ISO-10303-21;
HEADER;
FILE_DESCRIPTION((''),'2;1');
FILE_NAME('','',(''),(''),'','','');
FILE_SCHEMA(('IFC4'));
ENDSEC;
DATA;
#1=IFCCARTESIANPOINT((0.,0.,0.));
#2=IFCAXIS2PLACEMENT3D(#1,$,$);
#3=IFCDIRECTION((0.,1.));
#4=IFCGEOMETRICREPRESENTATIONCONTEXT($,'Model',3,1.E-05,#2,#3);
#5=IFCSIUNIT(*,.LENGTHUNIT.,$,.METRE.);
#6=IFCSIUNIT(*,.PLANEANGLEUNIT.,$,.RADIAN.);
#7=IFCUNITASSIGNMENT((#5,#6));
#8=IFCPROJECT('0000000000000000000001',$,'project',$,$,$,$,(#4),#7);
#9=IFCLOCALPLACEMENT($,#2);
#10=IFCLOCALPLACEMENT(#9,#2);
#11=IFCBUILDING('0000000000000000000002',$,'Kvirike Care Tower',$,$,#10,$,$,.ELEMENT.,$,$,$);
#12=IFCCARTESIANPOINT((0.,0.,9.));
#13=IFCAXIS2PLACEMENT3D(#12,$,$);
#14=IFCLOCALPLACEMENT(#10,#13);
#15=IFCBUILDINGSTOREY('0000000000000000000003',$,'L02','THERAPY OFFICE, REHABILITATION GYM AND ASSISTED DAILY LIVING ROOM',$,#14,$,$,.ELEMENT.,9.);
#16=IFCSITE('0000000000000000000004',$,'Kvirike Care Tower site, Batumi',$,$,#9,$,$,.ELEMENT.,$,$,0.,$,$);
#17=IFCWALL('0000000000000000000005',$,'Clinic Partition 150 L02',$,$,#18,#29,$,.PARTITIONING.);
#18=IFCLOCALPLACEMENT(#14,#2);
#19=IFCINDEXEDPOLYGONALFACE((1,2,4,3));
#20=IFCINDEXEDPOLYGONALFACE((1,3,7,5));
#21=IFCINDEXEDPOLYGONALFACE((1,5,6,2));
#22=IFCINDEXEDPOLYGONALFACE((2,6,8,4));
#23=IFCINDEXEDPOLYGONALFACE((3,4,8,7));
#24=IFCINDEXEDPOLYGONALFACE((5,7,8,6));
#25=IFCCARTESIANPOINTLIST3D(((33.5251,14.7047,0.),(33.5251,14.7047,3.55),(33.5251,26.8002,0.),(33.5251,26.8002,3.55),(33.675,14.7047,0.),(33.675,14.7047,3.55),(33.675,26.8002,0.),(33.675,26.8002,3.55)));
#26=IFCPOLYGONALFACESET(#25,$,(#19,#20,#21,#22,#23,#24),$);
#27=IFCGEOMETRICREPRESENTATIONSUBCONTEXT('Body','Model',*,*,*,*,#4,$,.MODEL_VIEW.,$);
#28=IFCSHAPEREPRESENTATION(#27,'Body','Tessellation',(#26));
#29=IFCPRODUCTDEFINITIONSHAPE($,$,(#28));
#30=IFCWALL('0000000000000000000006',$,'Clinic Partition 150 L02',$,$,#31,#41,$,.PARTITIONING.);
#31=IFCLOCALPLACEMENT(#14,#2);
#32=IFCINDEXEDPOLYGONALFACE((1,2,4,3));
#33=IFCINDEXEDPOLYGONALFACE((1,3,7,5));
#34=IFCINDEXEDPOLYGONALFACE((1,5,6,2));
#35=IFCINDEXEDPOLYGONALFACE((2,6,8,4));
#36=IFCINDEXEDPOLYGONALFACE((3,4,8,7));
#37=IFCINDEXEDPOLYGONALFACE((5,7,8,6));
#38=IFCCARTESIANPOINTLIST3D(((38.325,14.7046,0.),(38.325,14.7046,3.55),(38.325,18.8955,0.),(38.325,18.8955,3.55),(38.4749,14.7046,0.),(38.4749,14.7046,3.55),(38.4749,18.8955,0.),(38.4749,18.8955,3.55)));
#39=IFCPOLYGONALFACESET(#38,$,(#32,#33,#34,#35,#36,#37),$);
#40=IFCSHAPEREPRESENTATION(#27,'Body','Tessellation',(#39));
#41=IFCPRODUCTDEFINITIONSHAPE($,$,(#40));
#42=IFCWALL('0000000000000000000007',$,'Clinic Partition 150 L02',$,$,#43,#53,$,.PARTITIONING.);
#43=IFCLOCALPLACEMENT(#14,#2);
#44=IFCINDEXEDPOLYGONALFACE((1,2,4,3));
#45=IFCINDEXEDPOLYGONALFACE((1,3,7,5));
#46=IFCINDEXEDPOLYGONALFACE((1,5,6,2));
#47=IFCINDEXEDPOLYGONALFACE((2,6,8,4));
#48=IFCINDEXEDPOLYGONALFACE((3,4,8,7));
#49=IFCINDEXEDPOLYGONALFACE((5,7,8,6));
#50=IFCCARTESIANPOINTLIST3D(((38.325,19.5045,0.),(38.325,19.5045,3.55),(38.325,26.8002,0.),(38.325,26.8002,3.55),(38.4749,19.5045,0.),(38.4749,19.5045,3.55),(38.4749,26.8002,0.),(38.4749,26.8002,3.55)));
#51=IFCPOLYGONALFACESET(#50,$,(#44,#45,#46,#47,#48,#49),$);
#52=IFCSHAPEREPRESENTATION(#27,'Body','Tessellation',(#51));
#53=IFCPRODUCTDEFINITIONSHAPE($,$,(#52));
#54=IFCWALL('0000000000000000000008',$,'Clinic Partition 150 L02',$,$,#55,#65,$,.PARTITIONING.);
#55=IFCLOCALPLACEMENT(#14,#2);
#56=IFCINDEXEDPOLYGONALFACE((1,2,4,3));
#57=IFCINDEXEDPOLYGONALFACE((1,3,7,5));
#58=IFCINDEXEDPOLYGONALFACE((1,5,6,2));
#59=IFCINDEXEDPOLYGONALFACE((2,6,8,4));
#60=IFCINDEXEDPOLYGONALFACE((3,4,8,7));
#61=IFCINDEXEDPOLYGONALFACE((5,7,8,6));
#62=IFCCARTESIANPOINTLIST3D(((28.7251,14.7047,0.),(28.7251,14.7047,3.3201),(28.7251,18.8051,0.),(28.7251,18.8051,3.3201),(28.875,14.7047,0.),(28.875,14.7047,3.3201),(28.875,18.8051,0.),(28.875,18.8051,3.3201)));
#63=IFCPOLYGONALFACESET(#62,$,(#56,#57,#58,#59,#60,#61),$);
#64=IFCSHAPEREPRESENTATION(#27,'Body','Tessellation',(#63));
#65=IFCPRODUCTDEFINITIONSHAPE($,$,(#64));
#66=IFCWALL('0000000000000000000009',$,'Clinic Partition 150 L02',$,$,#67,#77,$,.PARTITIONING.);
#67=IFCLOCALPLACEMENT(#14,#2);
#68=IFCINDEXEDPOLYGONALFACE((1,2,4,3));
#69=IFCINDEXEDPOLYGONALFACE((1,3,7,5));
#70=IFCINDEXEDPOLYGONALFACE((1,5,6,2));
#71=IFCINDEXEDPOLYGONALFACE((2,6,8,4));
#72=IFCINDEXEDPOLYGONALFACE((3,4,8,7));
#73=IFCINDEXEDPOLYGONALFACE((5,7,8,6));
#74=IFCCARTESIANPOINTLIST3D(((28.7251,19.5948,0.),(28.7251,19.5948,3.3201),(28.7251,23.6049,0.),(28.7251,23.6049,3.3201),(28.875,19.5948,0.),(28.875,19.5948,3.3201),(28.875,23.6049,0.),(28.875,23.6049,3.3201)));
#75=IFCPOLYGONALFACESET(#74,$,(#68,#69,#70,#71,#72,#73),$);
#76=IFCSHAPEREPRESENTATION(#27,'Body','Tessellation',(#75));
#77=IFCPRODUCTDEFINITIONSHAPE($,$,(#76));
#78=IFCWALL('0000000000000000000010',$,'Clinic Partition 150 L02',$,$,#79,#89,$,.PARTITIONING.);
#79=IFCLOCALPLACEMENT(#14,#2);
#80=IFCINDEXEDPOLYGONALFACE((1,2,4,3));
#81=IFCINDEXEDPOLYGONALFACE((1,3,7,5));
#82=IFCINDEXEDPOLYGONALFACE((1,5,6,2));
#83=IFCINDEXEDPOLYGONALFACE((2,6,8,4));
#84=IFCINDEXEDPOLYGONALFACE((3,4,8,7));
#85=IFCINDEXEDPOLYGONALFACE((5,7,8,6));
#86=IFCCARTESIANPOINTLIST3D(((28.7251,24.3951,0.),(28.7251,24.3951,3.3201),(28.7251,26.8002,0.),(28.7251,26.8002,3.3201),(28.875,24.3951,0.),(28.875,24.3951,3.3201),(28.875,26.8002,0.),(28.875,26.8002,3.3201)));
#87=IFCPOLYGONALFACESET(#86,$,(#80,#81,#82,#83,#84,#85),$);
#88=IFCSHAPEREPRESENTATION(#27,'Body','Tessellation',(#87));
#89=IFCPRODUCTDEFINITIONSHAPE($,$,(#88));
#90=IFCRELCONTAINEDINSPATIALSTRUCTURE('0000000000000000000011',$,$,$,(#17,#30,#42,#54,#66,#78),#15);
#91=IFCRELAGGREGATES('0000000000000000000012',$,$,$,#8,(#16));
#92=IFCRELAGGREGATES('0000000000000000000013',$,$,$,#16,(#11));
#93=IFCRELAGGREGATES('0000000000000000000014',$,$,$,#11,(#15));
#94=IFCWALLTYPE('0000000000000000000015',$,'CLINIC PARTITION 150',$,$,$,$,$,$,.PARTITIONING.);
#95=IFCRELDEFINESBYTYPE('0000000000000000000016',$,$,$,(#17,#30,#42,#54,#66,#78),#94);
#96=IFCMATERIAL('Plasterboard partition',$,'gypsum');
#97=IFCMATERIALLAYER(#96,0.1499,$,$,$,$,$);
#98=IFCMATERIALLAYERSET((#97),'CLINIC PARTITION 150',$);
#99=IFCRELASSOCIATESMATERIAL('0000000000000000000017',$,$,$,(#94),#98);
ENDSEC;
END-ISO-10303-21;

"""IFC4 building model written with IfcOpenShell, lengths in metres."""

from ifc_helpers import new_model, si_unit, direction, frame, frame_2d, origin, place, context, subcontext, project, spatial, rectangle, extrude, material, layer, layer_set, type_object, element, save


model = new_model("IFC4")

# Units and contexts
model_context = context("Model", 3, precision=1e-05, world=origin(), true_north=direction((0.0, 1.0)))
body_context = subcontext(model_context, "Body", "Model", "MODEL_VIEW")
ifc_project = project(units=[si_unit("LENGTHUNIT", "METRE"), si_unit("PLANEANGLEUNIT", "RADIAN")], contexts=[model_context])

# Site, building, storey
site_placement = place(None, origin())
site = spatial("IfcSite", under=ifc_project, at=site_placement, Name="Kvirike Care Tower site, Batumi", CompositionType="ELEMENT", RefElevation=0.0)
building_placement = place(site_placement, origin())
building = spatial("IfcBuilding", under=site, at=building_placement, Name="Kvirike Care Tower", CompositionType="ELEMENT")
storey_placement = place(building_placement, frame((0.0, 0.0, 9.0)))
storey = spatial("IfcBuildingStorey", under=building, at=storey_placement, Name="L02", Description="THERAPY OFFICE, REHABILITATION GYM AND ASSISTED DAILY LIVING ROOM", CompositionType="ELEMENT", Elevation=9.0)

# Walls
ifc_material_1 = material(Name="Plasterboard partition", Category="gypsum")
ifc_layer = layer(ifc_material_1, 0.1499)
ifc_layer_set = layer_set([ifc_layer], Name="CLINIC PARTITION 150")
wall_type = type_object("IfcWallType", Name="CLINIC PARTITION 150", PredefinedType="PARTITIONING", material=ifc_layer_set)
wall_1_placement = place(storey_placement, frame((33.6001, 14.7046, 0.0), z_axis=(0.0, 0.0, 1.0), x_axis=(0.0, 1.0, 0.0)))
element("IfcWall", 1, at=wall_1_placement, inside=storey, type_object=wall_type, Name="Clinic Partition 150 L02", PredefinedType="PARTITIONING", context=body_context, shape_type="SweptSolid", body=[
    extrude(rectangle(XDim=12.0955, YDim=0.1499, at=frame_2d((6.0479, 0.0))), origin(), (0.0, 0.0, 1.0), 3.55),
])
wall_2_placement = place(storey_placement, frame((38.3999, 14.7046, 0.0), z_axis=(0.0, 0.0, 1.0), x_axis=(0.0, 1.0, 0.0)))
element("IfcWall", 2, at=wall_2_placement, inside=storey, type_object=wall_type, Name="Clinic Partition 150 L02", PredefinedType="PARTITIONING", context=body_context, shape_type="SweptSolid", body=[
    extrude(rectangle(XDim=4.1909, YDim=0.1499, at=frame_2d((2.0955, 0.0))), origin(), (0.0, 0.0, 1.0), 3.55),
])
wall_3_placement = place(storey_placement, frame((38.3999, 19.5044, 0.0), z_axis=(0.0, 0.0, 1.0), x_axis=(0.0, 1.0, 0.0)))
element("IfcWall", 3, at=wall_3_placement, inside=storey, type_object=wall_type, Name="Clinic Partition 150 L02", PredefinedType="PARTITIONING", context=body_context, shape_type="SweptSolid", body=[
    extrude(rectangle(XDim=7.2957, YDim=0.1499, at=frame_2d((3.6479, 0.0))), origin(), (0.0, 0.0, 1.0), 3.55),
])
wall_4_placement = place(storey_placement, frame((28.8, 14.7046, 0.0), z_axis=(0.0, 0.0, 1.0), x_axis=(0.0, 1.0, 0.0)))
element("IfcWall", 4, at=wall_4_placement, inside=storey, type_object=wall_type, Name="Clinic Partition 150 L02", PredefinedType="PARTITIONING", context=body_context, shape_type="SweptSolid", body=[
    extrude(rectangle(XDim=4.1003, YDim=0.1499, at=frame_2d((2.0503, 0.0))), origin(), (0.0, 0.0, 1.0), 3.3201),
])
wall_5_placement = place(storey_placement, frame((28.8, 19.595, 0.0), z_axis=(0.0, 0.0, 1.0), x_axis=(0.0, 1.0, 0.0)))
element("IfcWall", 5, at=wall_5_placement, inside=storey, type_object=wall_type, Name="Clinic Partition 150 L02", PredefinedType="PARTITIONING", context=body_context, shape_type="SweptSolid", body=[
    extrude(rectangle(XDim=4.01, YDim=0.1499, at=frame_2d((2.0049, 0.0))), origin(), (0.0, 0.0, 1.0), 3.3201),
])
wall_6_placement = place(storey_placement, frame((28.8, 24.395, 0.0), z_axis=(0.0, 0.0, 1.0), x_axis=(0.0, 1.0, 0.0)))
element("IfcWall", 6, at=wall_6_placement, inside=storey, type_object=wall_type, Name="Clinic Partition 150 L02", PredefinedType="PARTITIONING", context=body_context, shape_type="SweptSolid", body=[
    extrude(rectangle(XDim=2.405, YDim=0.1499, at=frame_2d((1.2026, 0.0))), origin(), (0.0, 0.0, 1.0), 3.3201),
])

save(model, "model.ifc")
